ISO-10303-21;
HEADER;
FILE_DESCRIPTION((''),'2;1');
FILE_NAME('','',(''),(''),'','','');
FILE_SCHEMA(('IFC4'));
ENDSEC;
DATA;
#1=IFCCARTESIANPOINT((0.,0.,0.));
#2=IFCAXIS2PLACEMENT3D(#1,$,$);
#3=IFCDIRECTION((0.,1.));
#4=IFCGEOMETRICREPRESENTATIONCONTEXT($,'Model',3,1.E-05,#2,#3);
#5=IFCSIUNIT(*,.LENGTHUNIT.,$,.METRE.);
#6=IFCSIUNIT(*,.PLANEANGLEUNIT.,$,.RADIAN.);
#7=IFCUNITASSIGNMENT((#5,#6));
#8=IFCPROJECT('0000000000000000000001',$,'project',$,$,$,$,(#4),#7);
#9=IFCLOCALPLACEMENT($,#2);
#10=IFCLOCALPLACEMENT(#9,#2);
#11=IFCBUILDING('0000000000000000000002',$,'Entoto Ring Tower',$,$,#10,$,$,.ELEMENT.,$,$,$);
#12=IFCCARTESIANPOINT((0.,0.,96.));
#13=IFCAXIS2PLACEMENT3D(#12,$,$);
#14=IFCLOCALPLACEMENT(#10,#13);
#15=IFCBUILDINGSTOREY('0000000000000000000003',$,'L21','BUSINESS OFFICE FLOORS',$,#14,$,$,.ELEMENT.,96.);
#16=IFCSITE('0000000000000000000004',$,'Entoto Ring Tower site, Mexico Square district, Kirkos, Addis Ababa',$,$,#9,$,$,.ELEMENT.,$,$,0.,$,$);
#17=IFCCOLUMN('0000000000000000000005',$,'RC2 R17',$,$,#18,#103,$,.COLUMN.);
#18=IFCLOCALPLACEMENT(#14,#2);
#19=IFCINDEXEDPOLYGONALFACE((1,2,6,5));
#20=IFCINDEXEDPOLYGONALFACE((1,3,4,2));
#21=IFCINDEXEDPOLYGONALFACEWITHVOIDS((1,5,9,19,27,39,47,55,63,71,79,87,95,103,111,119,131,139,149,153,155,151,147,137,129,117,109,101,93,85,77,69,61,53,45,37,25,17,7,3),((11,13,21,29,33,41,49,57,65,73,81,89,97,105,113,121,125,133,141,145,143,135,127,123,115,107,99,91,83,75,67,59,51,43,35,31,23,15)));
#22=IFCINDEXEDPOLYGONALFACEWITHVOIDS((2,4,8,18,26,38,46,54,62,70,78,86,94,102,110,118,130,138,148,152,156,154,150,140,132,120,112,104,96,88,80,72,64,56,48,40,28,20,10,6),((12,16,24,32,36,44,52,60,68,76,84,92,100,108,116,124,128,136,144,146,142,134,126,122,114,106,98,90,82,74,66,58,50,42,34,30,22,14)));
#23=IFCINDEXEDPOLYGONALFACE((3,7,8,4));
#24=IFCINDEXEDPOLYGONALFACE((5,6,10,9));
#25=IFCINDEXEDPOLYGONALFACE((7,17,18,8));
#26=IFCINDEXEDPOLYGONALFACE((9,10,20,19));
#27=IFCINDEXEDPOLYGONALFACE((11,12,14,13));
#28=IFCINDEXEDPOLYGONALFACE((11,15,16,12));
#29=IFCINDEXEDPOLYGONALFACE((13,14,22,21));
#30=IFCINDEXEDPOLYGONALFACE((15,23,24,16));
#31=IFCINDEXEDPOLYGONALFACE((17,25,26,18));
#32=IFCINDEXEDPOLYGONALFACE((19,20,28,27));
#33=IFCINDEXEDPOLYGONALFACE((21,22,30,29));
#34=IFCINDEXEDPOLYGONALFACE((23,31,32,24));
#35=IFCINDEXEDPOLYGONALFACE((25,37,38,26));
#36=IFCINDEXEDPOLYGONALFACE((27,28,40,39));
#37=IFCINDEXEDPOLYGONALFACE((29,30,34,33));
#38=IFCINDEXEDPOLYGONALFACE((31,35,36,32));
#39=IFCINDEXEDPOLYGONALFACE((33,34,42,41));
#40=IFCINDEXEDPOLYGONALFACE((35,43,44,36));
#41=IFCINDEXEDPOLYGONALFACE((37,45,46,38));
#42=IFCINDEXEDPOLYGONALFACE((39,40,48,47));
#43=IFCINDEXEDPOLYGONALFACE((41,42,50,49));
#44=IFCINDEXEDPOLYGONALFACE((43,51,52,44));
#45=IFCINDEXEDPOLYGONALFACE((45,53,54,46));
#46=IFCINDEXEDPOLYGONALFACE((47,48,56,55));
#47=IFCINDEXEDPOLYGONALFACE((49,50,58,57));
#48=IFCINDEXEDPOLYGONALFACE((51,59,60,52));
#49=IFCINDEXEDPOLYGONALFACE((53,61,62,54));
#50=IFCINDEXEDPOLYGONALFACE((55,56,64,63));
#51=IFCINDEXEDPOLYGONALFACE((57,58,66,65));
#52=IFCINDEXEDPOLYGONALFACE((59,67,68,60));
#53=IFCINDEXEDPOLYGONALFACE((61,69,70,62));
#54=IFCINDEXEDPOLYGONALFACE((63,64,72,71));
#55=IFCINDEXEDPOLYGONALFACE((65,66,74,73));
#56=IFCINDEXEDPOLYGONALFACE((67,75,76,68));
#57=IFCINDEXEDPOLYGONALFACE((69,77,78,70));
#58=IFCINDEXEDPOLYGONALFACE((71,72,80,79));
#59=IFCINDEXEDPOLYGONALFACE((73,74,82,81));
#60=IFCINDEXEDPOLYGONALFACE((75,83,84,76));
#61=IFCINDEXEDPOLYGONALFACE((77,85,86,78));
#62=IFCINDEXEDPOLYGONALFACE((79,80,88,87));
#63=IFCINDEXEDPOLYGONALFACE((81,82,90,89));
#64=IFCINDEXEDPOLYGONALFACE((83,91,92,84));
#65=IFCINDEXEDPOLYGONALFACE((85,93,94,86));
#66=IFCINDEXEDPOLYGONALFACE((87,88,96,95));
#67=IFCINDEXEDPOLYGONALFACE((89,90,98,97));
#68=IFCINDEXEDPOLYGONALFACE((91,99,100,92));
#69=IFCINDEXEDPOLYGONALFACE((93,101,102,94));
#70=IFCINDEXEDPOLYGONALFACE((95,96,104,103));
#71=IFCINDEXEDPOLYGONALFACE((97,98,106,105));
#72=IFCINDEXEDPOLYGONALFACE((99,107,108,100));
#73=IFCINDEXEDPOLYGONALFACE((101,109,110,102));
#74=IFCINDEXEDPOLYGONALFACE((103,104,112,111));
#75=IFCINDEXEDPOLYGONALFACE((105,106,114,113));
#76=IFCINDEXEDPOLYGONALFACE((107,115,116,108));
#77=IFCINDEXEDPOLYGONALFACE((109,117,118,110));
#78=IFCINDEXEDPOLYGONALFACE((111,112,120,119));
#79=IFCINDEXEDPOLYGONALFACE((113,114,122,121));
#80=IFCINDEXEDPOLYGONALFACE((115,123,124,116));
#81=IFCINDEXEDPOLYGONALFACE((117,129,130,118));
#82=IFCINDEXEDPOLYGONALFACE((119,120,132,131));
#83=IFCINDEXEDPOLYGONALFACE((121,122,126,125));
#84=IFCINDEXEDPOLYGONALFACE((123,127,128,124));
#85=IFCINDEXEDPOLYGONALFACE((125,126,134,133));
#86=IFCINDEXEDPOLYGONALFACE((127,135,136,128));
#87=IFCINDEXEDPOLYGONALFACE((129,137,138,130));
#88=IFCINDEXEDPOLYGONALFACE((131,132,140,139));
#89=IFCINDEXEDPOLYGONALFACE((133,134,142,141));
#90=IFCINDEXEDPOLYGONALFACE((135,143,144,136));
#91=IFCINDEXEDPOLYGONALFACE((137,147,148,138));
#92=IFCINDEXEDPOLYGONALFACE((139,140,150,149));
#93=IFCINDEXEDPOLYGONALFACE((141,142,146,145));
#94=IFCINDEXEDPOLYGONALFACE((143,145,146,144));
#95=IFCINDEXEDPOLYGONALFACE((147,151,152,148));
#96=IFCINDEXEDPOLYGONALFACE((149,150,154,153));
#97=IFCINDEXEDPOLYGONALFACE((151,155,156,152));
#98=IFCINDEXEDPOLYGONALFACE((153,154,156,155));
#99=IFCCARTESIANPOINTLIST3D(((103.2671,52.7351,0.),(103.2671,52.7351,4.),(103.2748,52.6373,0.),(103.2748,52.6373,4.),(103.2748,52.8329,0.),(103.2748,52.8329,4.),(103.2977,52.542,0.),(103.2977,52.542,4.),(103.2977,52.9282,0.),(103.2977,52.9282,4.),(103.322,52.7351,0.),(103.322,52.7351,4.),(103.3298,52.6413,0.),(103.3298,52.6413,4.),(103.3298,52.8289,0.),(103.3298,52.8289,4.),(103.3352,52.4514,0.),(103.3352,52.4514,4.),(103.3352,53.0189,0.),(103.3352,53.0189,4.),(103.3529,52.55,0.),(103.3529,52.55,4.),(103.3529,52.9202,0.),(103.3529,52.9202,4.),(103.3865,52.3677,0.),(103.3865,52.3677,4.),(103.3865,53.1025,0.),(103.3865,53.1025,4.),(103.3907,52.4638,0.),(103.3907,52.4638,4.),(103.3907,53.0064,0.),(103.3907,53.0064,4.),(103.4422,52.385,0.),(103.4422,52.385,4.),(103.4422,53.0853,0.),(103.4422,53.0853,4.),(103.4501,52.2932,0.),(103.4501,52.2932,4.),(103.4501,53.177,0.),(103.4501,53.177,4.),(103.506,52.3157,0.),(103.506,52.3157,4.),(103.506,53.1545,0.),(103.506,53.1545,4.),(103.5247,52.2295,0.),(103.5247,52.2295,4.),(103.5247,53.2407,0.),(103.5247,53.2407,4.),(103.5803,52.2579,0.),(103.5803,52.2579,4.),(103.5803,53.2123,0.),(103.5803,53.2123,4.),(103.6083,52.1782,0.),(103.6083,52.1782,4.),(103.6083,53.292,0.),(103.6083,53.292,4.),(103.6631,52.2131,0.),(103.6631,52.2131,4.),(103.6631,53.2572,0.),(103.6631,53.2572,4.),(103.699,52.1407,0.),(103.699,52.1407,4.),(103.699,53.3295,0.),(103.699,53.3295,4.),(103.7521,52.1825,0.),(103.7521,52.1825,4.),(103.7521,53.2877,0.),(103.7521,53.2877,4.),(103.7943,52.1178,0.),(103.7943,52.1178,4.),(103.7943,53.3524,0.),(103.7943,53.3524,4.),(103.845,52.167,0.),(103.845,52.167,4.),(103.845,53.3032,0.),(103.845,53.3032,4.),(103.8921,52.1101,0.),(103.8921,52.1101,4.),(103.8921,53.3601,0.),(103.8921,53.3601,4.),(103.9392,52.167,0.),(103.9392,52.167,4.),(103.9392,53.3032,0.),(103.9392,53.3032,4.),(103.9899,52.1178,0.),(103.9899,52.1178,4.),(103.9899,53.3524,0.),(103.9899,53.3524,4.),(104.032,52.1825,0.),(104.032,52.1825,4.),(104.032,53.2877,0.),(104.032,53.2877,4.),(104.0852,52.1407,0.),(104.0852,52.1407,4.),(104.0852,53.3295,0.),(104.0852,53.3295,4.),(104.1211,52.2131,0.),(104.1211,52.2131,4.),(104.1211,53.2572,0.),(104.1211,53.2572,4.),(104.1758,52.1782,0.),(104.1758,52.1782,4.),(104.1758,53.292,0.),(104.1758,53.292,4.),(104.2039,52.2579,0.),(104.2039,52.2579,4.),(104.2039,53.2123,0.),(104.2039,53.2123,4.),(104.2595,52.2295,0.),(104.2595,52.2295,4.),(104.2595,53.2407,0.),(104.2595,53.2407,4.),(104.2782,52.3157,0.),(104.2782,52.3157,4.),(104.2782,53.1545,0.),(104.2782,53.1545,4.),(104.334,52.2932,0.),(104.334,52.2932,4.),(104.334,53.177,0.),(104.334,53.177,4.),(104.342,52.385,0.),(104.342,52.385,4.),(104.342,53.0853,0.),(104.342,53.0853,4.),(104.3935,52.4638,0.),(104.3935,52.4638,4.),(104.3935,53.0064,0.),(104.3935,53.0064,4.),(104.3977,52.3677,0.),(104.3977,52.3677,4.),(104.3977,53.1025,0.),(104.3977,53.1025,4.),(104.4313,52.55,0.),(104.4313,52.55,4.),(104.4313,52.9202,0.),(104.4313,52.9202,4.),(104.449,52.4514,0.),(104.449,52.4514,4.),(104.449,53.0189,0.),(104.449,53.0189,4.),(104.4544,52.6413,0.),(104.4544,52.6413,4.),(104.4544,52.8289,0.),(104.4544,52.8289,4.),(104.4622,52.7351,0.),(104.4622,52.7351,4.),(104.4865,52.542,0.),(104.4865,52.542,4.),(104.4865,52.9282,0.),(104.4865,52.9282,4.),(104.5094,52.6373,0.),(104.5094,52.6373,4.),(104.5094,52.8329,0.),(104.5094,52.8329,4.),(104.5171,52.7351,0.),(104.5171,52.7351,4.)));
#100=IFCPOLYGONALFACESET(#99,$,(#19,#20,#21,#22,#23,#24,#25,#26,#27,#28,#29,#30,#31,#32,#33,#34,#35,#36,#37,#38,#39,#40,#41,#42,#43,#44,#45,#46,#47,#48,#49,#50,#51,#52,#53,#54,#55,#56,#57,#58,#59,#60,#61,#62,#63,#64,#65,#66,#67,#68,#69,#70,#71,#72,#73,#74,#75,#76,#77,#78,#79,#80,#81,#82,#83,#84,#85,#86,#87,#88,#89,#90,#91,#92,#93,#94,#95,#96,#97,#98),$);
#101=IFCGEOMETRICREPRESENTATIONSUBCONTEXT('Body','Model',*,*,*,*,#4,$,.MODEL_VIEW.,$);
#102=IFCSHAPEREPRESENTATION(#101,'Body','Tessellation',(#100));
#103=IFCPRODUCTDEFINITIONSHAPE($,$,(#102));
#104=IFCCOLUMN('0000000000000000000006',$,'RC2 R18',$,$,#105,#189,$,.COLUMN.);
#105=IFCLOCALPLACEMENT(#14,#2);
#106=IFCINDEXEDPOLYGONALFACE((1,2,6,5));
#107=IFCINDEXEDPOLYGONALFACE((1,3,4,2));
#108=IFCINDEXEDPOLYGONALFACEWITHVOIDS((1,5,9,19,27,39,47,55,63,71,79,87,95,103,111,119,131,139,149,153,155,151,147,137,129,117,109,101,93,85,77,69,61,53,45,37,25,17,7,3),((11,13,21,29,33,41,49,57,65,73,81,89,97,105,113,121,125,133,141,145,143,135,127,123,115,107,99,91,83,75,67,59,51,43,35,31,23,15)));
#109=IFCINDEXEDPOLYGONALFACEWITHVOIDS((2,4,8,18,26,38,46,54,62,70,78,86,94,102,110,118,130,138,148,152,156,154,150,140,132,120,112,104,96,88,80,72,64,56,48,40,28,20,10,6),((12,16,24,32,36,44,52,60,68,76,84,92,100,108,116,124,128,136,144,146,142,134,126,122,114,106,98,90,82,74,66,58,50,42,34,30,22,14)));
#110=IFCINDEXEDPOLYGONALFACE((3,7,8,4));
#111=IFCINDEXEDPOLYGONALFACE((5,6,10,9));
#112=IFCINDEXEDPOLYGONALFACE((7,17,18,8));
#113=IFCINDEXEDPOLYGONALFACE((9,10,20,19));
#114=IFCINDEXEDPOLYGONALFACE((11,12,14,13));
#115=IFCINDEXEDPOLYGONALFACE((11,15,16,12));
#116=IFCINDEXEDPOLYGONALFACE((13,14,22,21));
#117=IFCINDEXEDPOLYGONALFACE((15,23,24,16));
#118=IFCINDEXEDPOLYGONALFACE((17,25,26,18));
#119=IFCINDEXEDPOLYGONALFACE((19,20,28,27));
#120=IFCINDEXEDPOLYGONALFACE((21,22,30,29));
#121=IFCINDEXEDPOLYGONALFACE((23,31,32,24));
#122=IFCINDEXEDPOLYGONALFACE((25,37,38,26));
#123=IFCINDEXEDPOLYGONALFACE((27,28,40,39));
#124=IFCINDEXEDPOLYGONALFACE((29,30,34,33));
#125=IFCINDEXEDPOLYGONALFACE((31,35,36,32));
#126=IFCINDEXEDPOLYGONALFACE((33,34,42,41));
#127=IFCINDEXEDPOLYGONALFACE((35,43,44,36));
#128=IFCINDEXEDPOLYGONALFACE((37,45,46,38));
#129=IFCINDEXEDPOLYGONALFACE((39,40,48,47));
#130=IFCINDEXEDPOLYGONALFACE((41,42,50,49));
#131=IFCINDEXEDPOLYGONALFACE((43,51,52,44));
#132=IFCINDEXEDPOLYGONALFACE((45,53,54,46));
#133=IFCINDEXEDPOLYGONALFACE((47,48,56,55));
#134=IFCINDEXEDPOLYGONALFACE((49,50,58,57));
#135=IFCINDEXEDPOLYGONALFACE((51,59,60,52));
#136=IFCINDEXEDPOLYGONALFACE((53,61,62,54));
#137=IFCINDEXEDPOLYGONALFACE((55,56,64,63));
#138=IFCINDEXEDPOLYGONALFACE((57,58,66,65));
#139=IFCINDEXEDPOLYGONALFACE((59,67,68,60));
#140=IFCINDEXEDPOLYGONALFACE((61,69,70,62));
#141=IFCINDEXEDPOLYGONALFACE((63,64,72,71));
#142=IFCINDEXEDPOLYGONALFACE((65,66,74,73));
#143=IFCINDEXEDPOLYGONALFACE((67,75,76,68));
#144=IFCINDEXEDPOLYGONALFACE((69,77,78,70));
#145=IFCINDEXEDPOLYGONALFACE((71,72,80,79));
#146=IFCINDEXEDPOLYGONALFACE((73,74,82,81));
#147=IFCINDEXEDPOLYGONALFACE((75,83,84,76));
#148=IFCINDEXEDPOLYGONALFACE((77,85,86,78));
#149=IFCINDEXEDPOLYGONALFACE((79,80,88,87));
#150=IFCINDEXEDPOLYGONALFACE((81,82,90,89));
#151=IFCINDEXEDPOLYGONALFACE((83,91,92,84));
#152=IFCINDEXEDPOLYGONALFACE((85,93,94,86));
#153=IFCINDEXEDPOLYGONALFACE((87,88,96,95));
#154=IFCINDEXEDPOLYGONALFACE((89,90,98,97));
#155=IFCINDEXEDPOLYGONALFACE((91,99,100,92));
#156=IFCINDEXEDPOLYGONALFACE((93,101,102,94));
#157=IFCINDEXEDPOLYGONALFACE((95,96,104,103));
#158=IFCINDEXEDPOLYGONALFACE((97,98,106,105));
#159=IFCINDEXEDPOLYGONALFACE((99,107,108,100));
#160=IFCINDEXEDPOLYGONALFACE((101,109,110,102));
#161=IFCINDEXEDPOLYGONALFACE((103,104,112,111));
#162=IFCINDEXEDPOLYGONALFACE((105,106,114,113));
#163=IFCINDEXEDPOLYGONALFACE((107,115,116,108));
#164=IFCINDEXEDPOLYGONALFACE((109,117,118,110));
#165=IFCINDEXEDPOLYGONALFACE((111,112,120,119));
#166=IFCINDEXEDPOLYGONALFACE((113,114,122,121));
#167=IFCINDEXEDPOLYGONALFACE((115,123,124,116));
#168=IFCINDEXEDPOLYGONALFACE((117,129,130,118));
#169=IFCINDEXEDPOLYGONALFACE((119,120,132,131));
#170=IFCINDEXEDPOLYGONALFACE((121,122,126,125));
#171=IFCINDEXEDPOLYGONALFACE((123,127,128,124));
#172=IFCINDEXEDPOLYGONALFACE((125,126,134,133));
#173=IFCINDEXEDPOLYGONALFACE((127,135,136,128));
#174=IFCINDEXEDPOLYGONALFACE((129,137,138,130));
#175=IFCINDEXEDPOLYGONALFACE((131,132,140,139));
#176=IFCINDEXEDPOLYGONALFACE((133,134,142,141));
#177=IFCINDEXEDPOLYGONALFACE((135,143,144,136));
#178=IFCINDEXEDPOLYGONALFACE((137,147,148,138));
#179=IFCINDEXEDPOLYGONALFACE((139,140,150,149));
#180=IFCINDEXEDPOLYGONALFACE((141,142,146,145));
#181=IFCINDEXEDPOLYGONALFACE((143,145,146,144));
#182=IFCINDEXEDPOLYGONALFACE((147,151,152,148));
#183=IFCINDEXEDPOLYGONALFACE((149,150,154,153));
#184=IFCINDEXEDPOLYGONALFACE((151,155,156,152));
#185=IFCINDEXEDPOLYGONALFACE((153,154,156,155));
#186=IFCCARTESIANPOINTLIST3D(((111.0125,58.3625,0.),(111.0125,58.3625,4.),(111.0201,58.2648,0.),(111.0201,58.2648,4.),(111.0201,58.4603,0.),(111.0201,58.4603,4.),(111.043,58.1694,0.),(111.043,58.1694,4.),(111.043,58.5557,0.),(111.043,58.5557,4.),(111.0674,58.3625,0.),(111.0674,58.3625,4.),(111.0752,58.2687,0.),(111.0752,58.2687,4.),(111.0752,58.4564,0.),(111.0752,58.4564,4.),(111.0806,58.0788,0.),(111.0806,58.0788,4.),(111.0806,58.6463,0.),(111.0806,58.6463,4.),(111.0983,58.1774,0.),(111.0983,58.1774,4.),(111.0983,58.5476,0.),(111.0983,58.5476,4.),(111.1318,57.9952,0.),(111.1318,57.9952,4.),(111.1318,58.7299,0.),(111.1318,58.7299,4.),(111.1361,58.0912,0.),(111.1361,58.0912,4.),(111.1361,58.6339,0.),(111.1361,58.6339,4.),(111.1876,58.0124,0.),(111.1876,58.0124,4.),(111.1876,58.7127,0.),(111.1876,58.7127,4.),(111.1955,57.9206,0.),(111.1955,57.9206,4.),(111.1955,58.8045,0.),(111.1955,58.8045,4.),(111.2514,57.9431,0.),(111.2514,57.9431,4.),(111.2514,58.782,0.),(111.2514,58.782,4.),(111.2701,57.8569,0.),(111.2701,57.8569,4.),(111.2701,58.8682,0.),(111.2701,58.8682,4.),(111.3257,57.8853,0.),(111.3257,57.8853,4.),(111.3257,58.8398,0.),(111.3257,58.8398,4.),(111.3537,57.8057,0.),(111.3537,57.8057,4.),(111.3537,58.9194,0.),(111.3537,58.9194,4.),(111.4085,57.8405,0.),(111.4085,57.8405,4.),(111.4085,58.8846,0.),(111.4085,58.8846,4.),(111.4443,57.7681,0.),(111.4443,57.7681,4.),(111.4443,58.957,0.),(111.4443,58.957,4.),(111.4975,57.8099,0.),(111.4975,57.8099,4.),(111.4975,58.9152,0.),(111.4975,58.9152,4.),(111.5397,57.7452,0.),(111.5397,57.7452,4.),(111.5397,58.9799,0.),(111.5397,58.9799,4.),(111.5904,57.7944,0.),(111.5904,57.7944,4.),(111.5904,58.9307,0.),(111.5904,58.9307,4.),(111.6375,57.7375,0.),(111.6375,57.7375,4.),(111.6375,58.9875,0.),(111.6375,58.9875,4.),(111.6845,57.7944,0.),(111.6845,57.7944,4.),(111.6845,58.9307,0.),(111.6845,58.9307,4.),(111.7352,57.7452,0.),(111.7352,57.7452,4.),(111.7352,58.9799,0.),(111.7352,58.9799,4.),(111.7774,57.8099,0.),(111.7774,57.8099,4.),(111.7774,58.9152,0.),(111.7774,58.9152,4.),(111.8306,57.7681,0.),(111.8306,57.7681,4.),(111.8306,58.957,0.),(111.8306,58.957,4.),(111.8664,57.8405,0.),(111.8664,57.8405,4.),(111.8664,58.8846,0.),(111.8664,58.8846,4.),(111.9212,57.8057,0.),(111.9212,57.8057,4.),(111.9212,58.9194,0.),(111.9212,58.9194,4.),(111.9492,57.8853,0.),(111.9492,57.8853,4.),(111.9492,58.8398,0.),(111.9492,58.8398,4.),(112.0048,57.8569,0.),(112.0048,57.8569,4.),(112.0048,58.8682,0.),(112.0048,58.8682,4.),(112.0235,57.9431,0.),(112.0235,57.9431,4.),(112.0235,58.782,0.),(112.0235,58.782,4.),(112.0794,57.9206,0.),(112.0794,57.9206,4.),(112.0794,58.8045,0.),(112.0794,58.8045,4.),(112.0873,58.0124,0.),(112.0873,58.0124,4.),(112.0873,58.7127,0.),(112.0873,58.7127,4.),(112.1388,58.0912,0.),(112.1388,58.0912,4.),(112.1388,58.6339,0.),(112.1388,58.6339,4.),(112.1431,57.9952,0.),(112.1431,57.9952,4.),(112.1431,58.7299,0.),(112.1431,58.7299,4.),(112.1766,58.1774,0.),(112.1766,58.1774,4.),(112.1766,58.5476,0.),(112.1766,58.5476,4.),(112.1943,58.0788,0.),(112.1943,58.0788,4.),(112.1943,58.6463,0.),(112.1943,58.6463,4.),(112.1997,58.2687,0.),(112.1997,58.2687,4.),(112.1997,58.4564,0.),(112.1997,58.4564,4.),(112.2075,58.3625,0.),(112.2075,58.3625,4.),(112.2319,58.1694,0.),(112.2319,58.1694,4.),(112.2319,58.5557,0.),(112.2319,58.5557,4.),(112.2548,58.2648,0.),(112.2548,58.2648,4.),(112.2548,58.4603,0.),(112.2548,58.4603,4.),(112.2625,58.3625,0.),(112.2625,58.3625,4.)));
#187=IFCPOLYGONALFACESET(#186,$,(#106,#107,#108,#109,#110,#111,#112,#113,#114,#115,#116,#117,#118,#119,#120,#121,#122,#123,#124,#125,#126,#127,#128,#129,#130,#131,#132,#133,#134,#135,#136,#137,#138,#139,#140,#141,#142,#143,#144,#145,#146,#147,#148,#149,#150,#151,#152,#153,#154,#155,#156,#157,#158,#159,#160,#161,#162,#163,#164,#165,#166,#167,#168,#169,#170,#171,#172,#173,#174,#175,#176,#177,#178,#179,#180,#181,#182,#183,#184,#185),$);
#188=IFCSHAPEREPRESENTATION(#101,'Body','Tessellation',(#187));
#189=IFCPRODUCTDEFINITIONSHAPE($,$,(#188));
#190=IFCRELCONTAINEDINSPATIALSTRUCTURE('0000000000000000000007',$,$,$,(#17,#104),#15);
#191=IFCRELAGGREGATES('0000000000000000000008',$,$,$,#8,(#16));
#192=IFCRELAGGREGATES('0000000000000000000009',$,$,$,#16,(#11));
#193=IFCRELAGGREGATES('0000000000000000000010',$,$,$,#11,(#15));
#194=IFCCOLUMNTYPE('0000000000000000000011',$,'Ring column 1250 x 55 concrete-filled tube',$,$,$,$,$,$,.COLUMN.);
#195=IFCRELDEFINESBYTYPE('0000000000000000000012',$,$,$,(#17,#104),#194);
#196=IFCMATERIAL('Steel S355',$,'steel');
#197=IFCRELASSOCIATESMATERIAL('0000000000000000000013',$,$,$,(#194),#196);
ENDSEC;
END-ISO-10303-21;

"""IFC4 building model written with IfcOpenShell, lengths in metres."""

from ifc_helpers import new_model, si_unit, direction, frame, origin, origin_2d, place, context, subcontext, project, spatial, circle, hollow_circle, extrude, material, material_profile, profile_set, type_object, element, save


model = new_model("IFC4")

# Units and contexts
model_context = context("Model", 3, precision=1e-05, world=origin(), true_north=direction((0.0, 1.0)))
body_context = subcontext(model_context, "Body", "Model", "MODEL_VIEW")
ifc_project = project(units=[si_unit("LENGTHUNIT", "METRE"), si_unit("PLANEANGLEUNIT", "RADIAN")], contexts=[model_context])

# Site, building, storey
site_placement = place(None, origin())
site = spatial("IfcSite", under=ifc_project, at=site_placement, Name="Entoto Ring Tower site, Mexico Square district, Kirkos, Addis Ababa", CompositionType="ELEMENT", RefElevation=0.0)
building_placement = place(site_placement, origin())
building = spatial("IfcBuilding", under=site, at=building_placement, Name="Entoto Ring Tower", CompositionType="ELEMENT")
storey_placement = place(building_placement, frame((0.0, 0.0, 96.0)))
storey = spatial("IfcBuildingStorey", under=building, at=storey_placement, Name="L21", Description="BUSINESS OFFICE FLOORS", CompositionType="ELEMENT", Elevation=96.0)

# Columns
ifc_material_1 = material(Name="Steel S355", Category="steel")
ifc_material_profile_1 = material_profile(ifc_material_1, hollow_circle(Radius=0.625, WallThickness=0.0549, at=origin_2d()), Name="CHS 1250 x 55")
ifc_material_2 = material(Name="Concrete C60/75", Category="concrete")
ifc_material_profile_2 = material_profile(ifc_material_2, circle(Radius=0.5701, at=origin_2d()), Name="Concrete C60/75 infill")
ifc_profile_set_1 = profile_set([ifc_material_profile_1, ifc_material_profile_2], Name="Steel S355")
column_type = type_object("IfcColumnType", Name="Ring column 1250 x 55 concrete-filled tube", PredefinedType="COLUMN", material=ifc_profile_set_1)
for number, where, z_axis, x_axis, name in (
    (1, (103.8921, 52.7351, 0.0), (0.0, 0.0, 1.0), (1.0, 0.0, 0.0), "RC2 R17"),
    (2, (111.6375, 58.3625, 0.0), (0.0, 0.0, 1.0), (1.0, 0.0, 0.0), "RC2 R18"),
):
    element("IfcColumn", number, at=place(storey_placement, frame(where, z_axis=z_axis, x_axis=x_axis)), inside=storey, type_object=column_type, Name=name, PredefinedType="COLUMN", context=body_context, shape_type="SweptSolid", body=[
        extrude(hollow_circle(Radius=0.625, WallThickness=0.0549, at=origin_2d()), origin(), (0.0, 0.0, 1.0), 4.0),
    ])

save(model, "model.ifc")
